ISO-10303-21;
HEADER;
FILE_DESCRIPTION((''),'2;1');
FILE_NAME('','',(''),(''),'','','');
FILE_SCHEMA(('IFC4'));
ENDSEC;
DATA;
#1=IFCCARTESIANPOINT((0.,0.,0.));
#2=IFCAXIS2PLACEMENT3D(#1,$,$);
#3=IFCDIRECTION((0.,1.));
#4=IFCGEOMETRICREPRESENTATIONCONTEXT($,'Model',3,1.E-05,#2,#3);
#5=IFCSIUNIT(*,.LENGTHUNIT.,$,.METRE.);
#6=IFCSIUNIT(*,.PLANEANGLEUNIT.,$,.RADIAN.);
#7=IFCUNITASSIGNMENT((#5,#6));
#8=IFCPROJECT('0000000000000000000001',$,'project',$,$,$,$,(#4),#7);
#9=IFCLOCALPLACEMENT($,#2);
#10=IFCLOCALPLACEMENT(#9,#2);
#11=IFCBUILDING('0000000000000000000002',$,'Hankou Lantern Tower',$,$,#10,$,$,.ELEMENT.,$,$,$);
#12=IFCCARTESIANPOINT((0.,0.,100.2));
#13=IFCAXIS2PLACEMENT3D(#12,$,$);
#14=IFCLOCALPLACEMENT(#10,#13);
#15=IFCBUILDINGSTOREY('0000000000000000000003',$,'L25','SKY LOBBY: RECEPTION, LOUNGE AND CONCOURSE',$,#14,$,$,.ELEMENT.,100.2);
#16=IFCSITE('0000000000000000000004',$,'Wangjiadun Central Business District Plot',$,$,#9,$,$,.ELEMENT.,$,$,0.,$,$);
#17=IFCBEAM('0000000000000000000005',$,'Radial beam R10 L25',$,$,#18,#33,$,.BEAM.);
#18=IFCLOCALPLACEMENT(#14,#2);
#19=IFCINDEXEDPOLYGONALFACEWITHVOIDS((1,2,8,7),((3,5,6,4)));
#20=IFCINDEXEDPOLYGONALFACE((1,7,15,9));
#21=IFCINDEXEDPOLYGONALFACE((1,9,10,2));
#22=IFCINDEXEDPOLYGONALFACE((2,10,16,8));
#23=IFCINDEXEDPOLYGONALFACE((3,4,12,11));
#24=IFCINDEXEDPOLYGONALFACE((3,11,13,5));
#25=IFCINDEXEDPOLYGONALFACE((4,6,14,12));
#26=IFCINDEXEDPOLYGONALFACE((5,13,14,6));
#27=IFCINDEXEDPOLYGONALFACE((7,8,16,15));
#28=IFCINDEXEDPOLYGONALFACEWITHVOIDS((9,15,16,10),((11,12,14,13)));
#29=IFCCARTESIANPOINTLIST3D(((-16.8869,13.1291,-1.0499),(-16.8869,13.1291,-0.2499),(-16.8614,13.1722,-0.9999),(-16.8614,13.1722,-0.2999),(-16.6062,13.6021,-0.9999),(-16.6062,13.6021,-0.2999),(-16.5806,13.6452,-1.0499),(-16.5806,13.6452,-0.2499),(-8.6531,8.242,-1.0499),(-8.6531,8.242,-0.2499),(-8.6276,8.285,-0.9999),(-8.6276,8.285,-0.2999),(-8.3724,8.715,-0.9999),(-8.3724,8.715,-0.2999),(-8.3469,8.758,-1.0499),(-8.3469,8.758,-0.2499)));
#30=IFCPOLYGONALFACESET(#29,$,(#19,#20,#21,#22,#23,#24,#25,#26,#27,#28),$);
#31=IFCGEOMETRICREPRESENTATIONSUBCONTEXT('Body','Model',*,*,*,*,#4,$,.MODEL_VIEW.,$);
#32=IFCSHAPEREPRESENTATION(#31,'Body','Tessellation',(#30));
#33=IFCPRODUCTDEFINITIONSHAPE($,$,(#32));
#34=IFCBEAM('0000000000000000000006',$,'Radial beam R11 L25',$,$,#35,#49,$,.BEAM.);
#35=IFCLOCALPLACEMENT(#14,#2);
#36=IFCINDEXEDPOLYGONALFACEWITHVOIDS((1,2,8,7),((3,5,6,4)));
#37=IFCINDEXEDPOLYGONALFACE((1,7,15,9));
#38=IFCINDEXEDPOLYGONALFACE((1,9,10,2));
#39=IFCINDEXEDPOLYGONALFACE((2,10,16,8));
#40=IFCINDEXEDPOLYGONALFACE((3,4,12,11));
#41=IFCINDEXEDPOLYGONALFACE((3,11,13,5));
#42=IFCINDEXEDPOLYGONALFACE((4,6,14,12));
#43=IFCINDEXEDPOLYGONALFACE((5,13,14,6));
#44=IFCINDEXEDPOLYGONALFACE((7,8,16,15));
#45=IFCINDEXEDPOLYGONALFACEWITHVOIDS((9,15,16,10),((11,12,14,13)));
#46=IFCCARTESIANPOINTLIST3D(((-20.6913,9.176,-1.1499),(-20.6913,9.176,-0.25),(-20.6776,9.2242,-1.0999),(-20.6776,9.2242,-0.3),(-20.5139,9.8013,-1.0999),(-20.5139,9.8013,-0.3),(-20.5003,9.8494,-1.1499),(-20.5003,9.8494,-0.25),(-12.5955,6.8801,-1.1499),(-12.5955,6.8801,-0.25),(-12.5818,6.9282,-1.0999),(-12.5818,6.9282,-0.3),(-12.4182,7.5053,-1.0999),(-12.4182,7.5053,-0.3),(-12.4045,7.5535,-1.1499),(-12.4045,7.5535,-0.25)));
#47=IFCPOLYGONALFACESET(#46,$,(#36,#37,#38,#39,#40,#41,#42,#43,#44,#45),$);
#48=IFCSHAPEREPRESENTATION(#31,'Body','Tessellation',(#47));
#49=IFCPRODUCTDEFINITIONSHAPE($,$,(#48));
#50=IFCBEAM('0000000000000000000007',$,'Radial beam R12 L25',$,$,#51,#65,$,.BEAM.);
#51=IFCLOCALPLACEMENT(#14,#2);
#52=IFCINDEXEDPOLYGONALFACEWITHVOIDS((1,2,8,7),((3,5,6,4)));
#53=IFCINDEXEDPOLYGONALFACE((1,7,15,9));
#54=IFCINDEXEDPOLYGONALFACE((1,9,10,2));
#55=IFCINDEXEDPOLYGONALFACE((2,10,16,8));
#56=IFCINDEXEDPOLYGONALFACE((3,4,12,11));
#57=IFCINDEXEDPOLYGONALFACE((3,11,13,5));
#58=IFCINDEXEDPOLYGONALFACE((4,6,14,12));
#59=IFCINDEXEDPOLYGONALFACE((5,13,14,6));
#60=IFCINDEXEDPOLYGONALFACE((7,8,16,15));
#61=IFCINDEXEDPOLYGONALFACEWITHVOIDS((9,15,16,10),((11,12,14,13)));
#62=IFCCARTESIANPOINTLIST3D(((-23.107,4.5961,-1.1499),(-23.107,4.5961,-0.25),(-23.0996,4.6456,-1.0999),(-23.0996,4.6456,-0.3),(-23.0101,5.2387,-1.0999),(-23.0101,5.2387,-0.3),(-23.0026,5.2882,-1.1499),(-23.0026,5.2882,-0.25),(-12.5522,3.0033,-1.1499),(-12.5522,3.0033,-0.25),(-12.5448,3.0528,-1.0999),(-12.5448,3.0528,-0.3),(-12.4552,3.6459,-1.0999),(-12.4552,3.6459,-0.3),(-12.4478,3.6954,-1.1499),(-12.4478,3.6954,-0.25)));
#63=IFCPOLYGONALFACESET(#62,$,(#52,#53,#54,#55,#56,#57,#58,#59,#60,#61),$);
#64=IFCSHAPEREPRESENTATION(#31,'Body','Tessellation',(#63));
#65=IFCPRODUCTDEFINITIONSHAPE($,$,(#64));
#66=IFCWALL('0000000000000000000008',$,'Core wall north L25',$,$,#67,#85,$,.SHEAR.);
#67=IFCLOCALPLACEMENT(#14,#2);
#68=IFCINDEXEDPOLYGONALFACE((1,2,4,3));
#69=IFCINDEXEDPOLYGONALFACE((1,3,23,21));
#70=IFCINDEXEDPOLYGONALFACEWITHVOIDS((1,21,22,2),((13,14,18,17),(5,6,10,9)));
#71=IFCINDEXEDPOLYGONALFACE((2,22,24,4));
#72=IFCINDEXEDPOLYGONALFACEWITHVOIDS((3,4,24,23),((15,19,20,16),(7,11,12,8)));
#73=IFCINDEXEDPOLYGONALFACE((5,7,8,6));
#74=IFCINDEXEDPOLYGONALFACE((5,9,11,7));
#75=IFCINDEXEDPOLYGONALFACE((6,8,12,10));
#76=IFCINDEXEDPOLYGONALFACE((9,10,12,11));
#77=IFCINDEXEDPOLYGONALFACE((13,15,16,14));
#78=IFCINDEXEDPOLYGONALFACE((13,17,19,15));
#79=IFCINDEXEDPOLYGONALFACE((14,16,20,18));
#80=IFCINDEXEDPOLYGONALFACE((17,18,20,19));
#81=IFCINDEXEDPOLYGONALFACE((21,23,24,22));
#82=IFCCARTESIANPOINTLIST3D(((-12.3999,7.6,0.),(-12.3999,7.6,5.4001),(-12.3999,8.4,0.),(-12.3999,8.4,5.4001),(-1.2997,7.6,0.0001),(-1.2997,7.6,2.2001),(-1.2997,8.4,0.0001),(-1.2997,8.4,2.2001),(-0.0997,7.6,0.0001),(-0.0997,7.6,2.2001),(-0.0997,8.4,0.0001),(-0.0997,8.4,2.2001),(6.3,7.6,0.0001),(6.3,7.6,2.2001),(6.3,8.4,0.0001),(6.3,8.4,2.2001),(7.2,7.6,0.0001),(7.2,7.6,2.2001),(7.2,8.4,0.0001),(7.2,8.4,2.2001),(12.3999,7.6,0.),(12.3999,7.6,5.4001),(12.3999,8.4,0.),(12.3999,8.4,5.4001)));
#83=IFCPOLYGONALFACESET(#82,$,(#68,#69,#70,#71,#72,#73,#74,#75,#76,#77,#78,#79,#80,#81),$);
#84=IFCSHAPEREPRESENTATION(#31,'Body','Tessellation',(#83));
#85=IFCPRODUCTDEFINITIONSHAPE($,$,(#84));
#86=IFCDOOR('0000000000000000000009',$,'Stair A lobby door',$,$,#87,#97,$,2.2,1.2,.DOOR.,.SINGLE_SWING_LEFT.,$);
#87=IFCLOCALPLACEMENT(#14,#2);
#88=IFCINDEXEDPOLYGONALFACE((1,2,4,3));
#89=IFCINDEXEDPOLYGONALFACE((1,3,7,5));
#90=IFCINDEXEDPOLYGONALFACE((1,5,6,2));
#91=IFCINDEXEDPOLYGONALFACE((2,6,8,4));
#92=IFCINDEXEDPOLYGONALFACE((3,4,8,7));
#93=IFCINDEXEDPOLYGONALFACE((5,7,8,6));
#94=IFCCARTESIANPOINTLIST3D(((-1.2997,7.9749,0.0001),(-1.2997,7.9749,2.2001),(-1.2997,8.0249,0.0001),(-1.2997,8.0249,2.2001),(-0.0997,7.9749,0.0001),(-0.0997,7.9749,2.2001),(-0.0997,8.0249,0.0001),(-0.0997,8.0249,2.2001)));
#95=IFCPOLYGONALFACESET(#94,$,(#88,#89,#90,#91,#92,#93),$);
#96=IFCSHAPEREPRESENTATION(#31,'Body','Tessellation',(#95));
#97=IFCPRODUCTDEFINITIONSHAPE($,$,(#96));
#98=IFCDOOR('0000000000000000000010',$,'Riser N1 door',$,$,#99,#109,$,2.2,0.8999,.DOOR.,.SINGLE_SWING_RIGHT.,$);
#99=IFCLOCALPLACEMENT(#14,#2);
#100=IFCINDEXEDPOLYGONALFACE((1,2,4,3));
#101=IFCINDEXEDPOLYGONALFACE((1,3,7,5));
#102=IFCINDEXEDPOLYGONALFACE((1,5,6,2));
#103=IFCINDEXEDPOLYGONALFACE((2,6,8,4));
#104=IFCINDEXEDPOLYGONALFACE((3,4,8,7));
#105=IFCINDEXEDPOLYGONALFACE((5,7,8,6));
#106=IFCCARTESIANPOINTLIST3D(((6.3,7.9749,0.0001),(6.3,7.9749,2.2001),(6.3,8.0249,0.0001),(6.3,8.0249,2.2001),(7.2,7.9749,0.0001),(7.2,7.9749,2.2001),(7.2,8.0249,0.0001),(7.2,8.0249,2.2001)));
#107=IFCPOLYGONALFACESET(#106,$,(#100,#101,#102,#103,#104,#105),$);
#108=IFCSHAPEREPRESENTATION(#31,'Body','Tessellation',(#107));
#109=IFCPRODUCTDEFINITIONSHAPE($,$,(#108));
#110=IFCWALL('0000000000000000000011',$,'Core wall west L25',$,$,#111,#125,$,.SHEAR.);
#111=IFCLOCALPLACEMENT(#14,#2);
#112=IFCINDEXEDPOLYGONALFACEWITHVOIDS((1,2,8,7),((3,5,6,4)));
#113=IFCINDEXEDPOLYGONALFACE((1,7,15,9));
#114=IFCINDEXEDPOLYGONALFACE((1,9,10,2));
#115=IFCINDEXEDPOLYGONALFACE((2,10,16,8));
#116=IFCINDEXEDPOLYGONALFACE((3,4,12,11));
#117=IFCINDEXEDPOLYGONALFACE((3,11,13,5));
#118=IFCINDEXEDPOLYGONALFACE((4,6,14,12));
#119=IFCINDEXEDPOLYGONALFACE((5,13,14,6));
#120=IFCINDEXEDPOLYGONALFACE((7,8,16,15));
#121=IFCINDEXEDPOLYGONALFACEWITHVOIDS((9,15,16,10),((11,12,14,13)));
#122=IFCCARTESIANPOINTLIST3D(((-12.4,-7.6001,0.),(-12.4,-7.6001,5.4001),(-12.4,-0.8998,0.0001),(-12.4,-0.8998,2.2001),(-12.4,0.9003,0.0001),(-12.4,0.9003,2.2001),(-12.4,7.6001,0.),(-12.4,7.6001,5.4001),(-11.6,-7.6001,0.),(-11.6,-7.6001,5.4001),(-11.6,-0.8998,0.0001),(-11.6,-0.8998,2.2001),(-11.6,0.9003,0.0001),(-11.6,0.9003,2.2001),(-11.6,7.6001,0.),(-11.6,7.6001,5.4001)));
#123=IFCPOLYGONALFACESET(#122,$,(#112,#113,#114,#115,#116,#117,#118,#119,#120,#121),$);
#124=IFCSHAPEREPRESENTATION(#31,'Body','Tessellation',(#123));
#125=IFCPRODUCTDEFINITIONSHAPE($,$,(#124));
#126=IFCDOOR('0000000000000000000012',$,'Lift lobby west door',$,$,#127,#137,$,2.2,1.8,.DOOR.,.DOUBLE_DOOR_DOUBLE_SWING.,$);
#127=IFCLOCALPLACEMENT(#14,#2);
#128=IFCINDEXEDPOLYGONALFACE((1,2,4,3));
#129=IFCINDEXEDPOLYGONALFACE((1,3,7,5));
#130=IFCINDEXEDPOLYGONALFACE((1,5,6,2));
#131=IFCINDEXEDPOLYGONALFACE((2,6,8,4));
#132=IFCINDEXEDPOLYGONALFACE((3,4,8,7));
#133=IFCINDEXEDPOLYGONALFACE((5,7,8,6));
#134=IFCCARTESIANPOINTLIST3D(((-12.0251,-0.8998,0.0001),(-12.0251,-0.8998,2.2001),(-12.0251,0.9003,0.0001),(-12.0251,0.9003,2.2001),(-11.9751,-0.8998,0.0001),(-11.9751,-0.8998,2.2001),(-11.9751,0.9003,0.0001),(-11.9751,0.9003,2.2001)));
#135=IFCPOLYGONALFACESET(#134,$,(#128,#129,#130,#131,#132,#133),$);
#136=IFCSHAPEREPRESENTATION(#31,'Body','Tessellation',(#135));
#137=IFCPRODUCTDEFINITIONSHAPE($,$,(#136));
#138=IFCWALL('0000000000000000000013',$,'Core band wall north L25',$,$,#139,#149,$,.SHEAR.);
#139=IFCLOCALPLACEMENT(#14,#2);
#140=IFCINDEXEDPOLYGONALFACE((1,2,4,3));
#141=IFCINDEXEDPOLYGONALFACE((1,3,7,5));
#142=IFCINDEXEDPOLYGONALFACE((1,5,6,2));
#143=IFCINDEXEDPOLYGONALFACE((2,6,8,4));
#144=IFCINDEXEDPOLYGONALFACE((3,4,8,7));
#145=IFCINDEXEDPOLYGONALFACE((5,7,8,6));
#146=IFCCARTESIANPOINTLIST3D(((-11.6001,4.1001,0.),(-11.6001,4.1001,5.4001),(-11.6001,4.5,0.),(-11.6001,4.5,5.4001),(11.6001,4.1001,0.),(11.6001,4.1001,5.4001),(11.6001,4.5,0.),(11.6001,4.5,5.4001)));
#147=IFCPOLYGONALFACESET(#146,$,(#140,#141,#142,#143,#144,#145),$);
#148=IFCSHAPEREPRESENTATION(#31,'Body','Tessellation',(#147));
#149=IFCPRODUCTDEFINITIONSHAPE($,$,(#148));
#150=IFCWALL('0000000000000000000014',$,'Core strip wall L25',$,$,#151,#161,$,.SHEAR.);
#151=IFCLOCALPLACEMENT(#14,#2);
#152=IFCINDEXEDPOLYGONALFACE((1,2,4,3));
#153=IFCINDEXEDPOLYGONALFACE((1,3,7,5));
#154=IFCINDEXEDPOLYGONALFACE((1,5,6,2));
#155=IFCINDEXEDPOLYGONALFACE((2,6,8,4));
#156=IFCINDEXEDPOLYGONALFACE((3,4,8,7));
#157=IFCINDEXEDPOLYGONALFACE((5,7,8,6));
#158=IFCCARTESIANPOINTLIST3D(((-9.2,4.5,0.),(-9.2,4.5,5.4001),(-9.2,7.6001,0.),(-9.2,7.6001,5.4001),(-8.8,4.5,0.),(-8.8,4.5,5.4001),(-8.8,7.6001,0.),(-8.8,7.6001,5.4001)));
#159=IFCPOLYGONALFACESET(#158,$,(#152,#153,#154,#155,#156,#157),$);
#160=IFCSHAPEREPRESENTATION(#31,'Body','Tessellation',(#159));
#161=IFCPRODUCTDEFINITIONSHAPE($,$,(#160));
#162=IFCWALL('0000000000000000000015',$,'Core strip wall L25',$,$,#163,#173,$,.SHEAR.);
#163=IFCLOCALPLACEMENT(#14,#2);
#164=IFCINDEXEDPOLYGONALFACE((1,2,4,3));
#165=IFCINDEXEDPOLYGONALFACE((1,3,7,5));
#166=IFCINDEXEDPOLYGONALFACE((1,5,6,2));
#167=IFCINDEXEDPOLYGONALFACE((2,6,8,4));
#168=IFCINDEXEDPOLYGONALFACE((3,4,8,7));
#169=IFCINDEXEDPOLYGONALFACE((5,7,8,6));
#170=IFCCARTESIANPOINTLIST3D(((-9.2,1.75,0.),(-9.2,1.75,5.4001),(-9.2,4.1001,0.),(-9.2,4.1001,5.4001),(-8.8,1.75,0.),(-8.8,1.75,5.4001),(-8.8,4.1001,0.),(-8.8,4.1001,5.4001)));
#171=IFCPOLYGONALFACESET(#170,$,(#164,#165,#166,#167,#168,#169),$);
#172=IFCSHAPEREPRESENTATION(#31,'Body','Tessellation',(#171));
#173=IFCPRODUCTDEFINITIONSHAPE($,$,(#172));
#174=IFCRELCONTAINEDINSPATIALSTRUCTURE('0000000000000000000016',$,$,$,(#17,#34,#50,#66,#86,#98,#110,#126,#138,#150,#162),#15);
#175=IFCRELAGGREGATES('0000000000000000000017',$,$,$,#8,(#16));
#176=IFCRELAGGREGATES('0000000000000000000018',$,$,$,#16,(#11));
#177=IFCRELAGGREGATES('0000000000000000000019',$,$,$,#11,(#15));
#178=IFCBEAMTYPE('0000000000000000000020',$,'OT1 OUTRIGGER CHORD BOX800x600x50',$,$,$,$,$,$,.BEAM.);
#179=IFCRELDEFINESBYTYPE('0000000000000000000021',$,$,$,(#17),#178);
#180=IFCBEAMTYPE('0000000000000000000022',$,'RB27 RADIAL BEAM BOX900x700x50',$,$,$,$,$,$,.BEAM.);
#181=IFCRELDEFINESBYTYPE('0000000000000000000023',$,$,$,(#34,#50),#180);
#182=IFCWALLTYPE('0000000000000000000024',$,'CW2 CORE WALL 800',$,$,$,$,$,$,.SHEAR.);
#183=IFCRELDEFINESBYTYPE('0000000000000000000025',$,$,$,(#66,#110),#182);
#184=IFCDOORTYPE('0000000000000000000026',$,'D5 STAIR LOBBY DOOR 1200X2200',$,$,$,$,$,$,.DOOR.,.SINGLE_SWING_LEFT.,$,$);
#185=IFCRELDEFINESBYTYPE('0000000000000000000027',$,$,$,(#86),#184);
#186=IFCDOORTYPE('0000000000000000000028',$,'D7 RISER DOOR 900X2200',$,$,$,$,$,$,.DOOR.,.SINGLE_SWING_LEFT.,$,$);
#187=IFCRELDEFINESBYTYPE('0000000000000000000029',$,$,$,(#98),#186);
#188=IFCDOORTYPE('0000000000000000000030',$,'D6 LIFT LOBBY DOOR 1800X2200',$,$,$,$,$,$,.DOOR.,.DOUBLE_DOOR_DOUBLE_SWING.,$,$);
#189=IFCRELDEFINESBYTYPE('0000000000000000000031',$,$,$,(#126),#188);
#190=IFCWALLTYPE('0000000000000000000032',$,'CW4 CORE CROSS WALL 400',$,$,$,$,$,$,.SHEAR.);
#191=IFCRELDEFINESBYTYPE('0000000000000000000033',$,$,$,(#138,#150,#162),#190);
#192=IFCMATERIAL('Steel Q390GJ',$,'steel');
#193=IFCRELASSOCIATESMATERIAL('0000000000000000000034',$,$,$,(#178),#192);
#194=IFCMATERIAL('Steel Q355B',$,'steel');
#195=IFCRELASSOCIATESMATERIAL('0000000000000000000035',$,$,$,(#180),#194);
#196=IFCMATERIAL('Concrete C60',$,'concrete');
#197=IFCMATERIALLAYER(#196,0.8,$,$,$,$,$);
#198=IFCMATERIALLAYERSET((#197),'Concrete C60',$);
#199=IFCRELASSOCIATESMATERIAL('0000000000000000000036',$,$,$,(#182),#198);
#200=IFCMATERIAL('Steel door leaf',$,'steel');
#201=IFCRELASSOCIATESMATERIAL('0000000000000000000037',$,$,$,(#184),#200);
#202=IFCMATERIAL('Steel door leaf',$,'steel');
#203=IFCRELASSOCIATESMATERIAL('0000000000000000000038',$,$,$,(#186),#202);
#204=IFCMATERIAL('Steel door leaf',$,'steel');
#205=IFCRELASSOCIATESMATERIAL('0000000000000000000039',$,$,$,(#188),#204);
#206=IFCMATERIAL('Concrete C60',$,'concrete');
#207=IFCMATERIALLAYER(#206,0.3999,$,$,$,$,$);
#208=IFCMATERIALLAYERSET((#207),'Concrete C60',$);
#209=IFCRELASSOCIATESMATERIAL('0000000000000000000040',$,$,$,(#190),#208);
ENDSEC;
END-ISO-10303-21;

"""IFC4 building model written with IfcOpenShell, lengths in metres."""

from ifc_helpers import new_model, si_unit, direction, frame, frame_2d, origin, origin_2d, place, context, subcontext, project, spatial, rectangle, hollow_rectangle, extrude, material, layer, layer_set, material_profile, profile_set, type_object, element, fill, save


model = new_model("IFC4")

# Units and contexts
model_context = context("Model", 3, precision=1e-05, world=origin(), true_north=direction((0.0, 1.0)))
body_context = subcontext(model_context, "Body", "Model", "MODEL_VIEW")
ifc_project = project(units=[si_unit("LENGTHUNIT", "METRE"), si_unit("PLANEANGLEUNIT", "RADIAN")], contexts=[model_context])

# Site, building, storey
site_placement = place(None, origin())
site = spatial("IfcSite", under=ifc_project, at=site_placement, Name="Wangjiadun Central Business District Plot", CompositionType="ELEMENT", RefElevation=0.0)
building_placement = place(site_placement, origin())
building = spatial("IfcBuilding", under=site, at=building_placement, Name="Hankou Lantern Tower", CompositionType="ELEMENT")
storey_placement = place(building_placement, frame((0.0, 0.0, 100.2)))
storey = spatial("IfcBuildingStorey", under=building, at=storey_placement, Name="L25", Description="SKY LOBBY: RECEPTION, LOUNGE AND CONCOURSE", CompositionType="ELEMENT", Elevation=100.2)

# Beams
ifc_material_1 = material(Name="Steel Q390GJ", Category="steel")
ifc_material_profile_1 = material_profile(ifc_material_1, hollow_rectangle(XDim=0.6001, YDim=0.8, WallThickness=0.05, at=origin_2d()), Name="BOX800x600x50")
ifc_profile_set_1 = profile_set([ifc_material_profile_1], Name="Steel Q390GJ")
beam_type_1 = type_object("IfcBeamType", Name="OT1 OUTRIGGER CHORD BOX800x600x50", PredefinedType="BEAM", material=ifc_profile_set_1)
beam_1_placement = place(storey_placement, frame((-8.5, 8.5, -0.6499), z_axis=(-0.859931, 0.51041, 0.0), x_axis=(-0.51041, -0.859931, 0.0)))
element("IfcBeam", 1, at=beam_1_placement, inside=storey, type_object=beam_type_1, Name="Radial beam R10 L25", PredefinedType="BEAM", context=body_context, shape_type="SweptSolid", body=[
    extrude(hollow_rectangle(XDim=0.6001, YDim=0.8, WallThickness=0.05, at=origin_2d()), origin(), (0.0, 0.0, 1.0), 9.575),
])
ifc_material_2 = material(Name="Steel Q355B", Category="steel")
ifc_material_profile_2 = material_profile(ifc_material_2, hollow_rectangle(XDim=0.7, YDim=0.8999, WallThickness=0.05, at=origin_2d()), Name="BOX900x700x50")
ifc_profile_set_2 = profile_set([ifc_material_profile_2], Name="Steel Q355B")
beam_type_2 = type_object("IfcBeamType", Name="RB27 RADIAL BEAM BOX900x700x50", PredefinedType="BEAM", material=ifc_profile_set_2)
beam_2_placement = place(storey_placement, frame((-12.5, 7.2168, -0.7), z_axis=(-0.962061, 0.272835, 0.0), x_axis=(-0.272835, -0.962061, 0.0)))
element("IfcBeam", 2, at=beam_2_placement, inside=storey, type_object=beam_type_2, Name="Radial beam R11 L25", PredefinedType="BEAM", context=body_context, shape_type="SweptSolid", body=[
    extrude(hollow_rectangle(XDim=0.7, YDim=0.8999, WallThickness=0.05, at=origin_2d()), origin(), (0.0, 0.0, 1.0), 8.415),
])
beam_3_placement = place(storey_placement, frame((-12.5, 3.3494, -0.7), z_axis=(-0.988805, 0.149214, 0.0), x_axis=(-0.149214, -0.988805, 0.0)))
element("IfcBeam", 3, at=beam_3_placement, inside=storey, type_object=beam_type_2, Name="Radial beam R12 L25", PredefinedType="BEAM", context=body_context, shape_type="SweptSolid", body=[
    extrude(hollow_rectangle(XDim=0.7, YDim=0.8999, WallThickness=0.05, at=origin_2d()), origin(), (0.0, 0.0, 1.0), 10.6743),
])

# Wall, openings, doors
ifc_material_3 = material(Name="Concrete C60", Category="concrete")
ifc_layer_1 = layer(ifc_material_3, 0.8)
ifc_layer_set_1 = layer_set([ifc_layer_1], Name="Concrete C60")
wall_type_1 = type_object("IfcWallType", Name="CW2 CORE WALL 800", PredefinedType="SHEAR", material=ifc_layer_set_1)
wall_1_placement = place(storey_placement, frame((-12.3999, 8.0, 0.0), z_axis=(0.0, 0.0, 1.0), x_axis=(1.0, 0.0, 0.0)))
wall_1 = element("IfcWall", 4, at=wall_1_placement, inside=storey, type_object=wall_type_1, Name="Core wall north L25", PredefinedType="SHEAR", context=body_context, shape_type="SweptSolid", body=[
    extrude(rectangle(XDim=24.7998, YDim=0.8, at=frame_2d((12.3999, 0.0))), origin(), (0.0, 0.0, 1.0), 5.4001),
])
opening_1_placement = place(wall_1_placement, frame((11.1001, 0.0, 0.0)))
opening_1 = element("IfcOpeningElement", 5, at=opening_1_placement, cuts=wall_1, PredefinedType="OPENING", context=body_context, shape_type="SweptSolid", body=[
    extrude(rectangle(XDim=1.2, YDim=2.2, at=frame_2d((0.6001, 1.1001))), frame((0.0, 0.4099, 0.0), z_axis=(0.0, -1.0, 0.0), x_axis=(1.0, 0.0, 0.0)), (0.0, 0.0, 1.0), 0.8201),
])
opening_2_placement = place(wall_1_placement, frame((18.7, 0.0, 0.0)))
opening_2 = element("IfcOpeningElement", 6, at=opening_2_placement, cuts=wall_1, PredefinedType="OPENING", context=body_context, shape_type="SweptSolid", body=[
    extrude(rectangle(XDim=0.8999, YDim=2.2, at=frame_2d((0.45, 1.1001))), frame((0.0, 0.4099, 0.0), z_axis=(0.0, -1.0, 0.0), x_axis=(1.0, 0.0, 0.0)), (0.0, 0.0, 1.0), 0.8201),
])
ifc_material_4 = material(Name="Steel door leaf", Category="steel")
door_type_1 = type_object("IfcDoorType", Name="D5 STAIR LOBBY DOOR 1200X2200", OperationType="SINGLE_SWING_LEFT", PredefinedType="DOOR", material=ifc_material_4)
door_1_placement = place(opening_1_placement, origin())
door_1 = element("IfcDoor", 7, at=door_1_placement, inside=storey, type_object=door_type_1, Name="Stair A lobby door", OperationType="SINGLE_SWING_LEFT", OverallHeight=2.2, OverallWidth=1.2, PredefinedType="DOOR", context=body_context, shape_type="SweptSolid", body=[
    extrude(rectangle(XDim=1.2, YDim=2.2, at=frame_2d((0.6001, 1.1001))), frame((0.0, 0.0249, 0.0), z_axis=(0.0, -1.0, 0.0), x_axis=(1.0, 0.0, 0.0)), (0.0, 0.0, 1.0), 0.05),
])
fill(opening_1, door_1)
ifc_material_5 = material(Name="Steel door leaf", Category="steel")
door_type_2 = type_object("IfcDoorType", Name="D7 RISER DOOR 900X2200", OperationType="SINGLE_SWING_LEFT", PredefinedType="DOOR", material=ifc_material_5)
door_2_placement = place(opening_2_placement, origin())
door_2 = element("IfcDoor", 8, at=door_2_placement, inside=storey, type_object=door_type_2, Name="Riser N1 door", OperationType="SINGLE_SWING_RIGHT", OverallHeight=2.2, OverallWidth=0.8999, PredefinedType="DOOR", context=body_context, shape_type="SweptSolid", body=[
    extrude(rectangle(XDim=0.8999, YDim=2.2, at=frame_2d((0.45, 1.1001))), frame((0.0, 0.0249, 0.0), z_axis=(0.0, -1.0, 0.0), x_axis=(1.0, 0.0, 0.0)), (0.0, 0.0, 1.0), 0.05),
])
fill(opening_2, door_2)

# Wall, opening, door
wall_2_placement = place(storey_placement, frame((-12.0, 7.6001, 0.0), z_axis=(0.0, 0.0, 1.0), x_axis=(0.0, -1.0, 0.0)))
wall_2 = element("IfcWall", 9, at=wall_2_placement, inside=storey, type_object=wall_type_1, Name="Core wall west L25", PredefinedType="SHEAR", context=body_context, shape_type="SweptSolid", body=[
    extrude(rectangle(XDim=15.2002, YDim=0.8, at=frame_2d((7.6001, 0.0))), origin(), (0.0, 0.0, 1.0), 5.4001),
])
opening_3_placement = place(wall_2_placement, frame((6.7, 0.0, 0.0)))
opening_3 = element("IfcOpeningElement", 10, at=opening_3_placement, cuts=wall_2, PredefinedType="OPENING", context=body_context, shape_type="SweptSolid", body=[
    extrude(rectangle(XDim=1.8, YDim=2.2, at=frame_2d((0.8999, 1.1001))), frame((0.0, 0.4099, 0.0), z_axis=(0.0, -1.0, 0.0), x_axis=(1.0, 0.0, 0.0)), (0.0, 0.0, 1.0), 0.8201),
])
ifc_material_6 = material(Name="Steel door leaf", Category="steel")
door_type_3 = type_object("IfcDoorType", Name="D6 LIFT LOBBY DOOR 1800X2200", OperationType="DOUBLE_DOOR_DOUBLE_SWING", PredefinedType="DOOR", material=ifc_material_6)
door_3_placement = place(opening_3_placement, origin())
door_3 = element("IfcDoor", 11, at=door_3_placement, inside=storey, type_object=door_type_3, Name="Lift lobby west door", OperationType="DOUBLE_DOOR_DOUBLE_SWING", OverallHeight=2.2, OverallWidth=1.8, PredefinedType="DOOR", context=body_context, shape_type="SweptSolid", body=[
    extrude(rectangle(XDim=1.8, YDim=2.2, at=frame_2d((0.8999, 1.1001))), frame((0.0, 0.0249, 0.0), z_axis=(0.0, -1.0, 0.0), x_axis=(1.0, 0.0, 0.0)), (0.0, 0.0, 1.0), 0.05),
])
fill(opening_3, door_3)

# Walls
ifc_material_7 = material(Name="Concrete C60", Category="concrete")
ifc_layer_2 = layer(ifc_material_7, 0.3999)
ifc_layer_set_2 = layer_set([ifc_layer_2], Name="Concrete C60")
wall_type_2 = type_object("IfcWallType", Name="CW4 CORE CROSS WALL 400", PredefinedType="SHEAR", material=ifc_layer_set_2)
wall_3_placement = place(storey_placement, frame((-11.6001, 4.3, 0.0), z_axis=(0.0, 0.0, 1.0), x_axis=(1.0, 0.0, 0.0)))
element("IfcWall", 12, at=wall_3_placement, inside=storey, type_object=wall_type_2, Name="Core band wall north L25", PredefinedType="SHEAR", context=body_context, shape_type="SweptSolid", body=[
    extrude(rectangle(XDim=23.2002, YDim=0.3999, at=frame_2d((11.6001, 0.0))), origin(), (0.0, 0.0, 1.0), 5.4001),
])
wall_4_placement = place(storey_placement, frame((-9.0, 4.5, 0.0), z_axis=(0.0, 0.0, 1.0), x_axis=(0.0, 1.0, 0.0)))
element("IfcWall", 13, at=wall_4_placement, inside=storey, type_object=wall_type_2, Name="Core strip wall L25", PredefinedType="SHEAR", context=body_context, shape_type="SweptSolid", body=[
    extrude(rectangle(XDim=3.1001, YDim=0.3999, at=frame_2d((1.55, 0.0))), origin(), (0.0, 0.0, 1.0), 5.4001),
])
wall_5_placement = place(storey_placement, frame((-9.0, 1.75, 0.0), z_axis=(0.0, 0.0, 1.0), x_axis=(0.0, 1.0, 0.0)))
element("IfcWall", 14, at=wall_5_placement, inside=storey, type_object=wall_type_2, Name="Core strip wall L25", PredefinedType="SHEAR", context=body_context, shape_type="SweptSolid", body=[
    extrude(rectangle(XDim=2.3501, YDim=0.3999, at=frame_2d((1.175, 0.0))), origin(), (0.0, 0.0, 1.0), 5.4001),
])

save(model, "model.ifc")
